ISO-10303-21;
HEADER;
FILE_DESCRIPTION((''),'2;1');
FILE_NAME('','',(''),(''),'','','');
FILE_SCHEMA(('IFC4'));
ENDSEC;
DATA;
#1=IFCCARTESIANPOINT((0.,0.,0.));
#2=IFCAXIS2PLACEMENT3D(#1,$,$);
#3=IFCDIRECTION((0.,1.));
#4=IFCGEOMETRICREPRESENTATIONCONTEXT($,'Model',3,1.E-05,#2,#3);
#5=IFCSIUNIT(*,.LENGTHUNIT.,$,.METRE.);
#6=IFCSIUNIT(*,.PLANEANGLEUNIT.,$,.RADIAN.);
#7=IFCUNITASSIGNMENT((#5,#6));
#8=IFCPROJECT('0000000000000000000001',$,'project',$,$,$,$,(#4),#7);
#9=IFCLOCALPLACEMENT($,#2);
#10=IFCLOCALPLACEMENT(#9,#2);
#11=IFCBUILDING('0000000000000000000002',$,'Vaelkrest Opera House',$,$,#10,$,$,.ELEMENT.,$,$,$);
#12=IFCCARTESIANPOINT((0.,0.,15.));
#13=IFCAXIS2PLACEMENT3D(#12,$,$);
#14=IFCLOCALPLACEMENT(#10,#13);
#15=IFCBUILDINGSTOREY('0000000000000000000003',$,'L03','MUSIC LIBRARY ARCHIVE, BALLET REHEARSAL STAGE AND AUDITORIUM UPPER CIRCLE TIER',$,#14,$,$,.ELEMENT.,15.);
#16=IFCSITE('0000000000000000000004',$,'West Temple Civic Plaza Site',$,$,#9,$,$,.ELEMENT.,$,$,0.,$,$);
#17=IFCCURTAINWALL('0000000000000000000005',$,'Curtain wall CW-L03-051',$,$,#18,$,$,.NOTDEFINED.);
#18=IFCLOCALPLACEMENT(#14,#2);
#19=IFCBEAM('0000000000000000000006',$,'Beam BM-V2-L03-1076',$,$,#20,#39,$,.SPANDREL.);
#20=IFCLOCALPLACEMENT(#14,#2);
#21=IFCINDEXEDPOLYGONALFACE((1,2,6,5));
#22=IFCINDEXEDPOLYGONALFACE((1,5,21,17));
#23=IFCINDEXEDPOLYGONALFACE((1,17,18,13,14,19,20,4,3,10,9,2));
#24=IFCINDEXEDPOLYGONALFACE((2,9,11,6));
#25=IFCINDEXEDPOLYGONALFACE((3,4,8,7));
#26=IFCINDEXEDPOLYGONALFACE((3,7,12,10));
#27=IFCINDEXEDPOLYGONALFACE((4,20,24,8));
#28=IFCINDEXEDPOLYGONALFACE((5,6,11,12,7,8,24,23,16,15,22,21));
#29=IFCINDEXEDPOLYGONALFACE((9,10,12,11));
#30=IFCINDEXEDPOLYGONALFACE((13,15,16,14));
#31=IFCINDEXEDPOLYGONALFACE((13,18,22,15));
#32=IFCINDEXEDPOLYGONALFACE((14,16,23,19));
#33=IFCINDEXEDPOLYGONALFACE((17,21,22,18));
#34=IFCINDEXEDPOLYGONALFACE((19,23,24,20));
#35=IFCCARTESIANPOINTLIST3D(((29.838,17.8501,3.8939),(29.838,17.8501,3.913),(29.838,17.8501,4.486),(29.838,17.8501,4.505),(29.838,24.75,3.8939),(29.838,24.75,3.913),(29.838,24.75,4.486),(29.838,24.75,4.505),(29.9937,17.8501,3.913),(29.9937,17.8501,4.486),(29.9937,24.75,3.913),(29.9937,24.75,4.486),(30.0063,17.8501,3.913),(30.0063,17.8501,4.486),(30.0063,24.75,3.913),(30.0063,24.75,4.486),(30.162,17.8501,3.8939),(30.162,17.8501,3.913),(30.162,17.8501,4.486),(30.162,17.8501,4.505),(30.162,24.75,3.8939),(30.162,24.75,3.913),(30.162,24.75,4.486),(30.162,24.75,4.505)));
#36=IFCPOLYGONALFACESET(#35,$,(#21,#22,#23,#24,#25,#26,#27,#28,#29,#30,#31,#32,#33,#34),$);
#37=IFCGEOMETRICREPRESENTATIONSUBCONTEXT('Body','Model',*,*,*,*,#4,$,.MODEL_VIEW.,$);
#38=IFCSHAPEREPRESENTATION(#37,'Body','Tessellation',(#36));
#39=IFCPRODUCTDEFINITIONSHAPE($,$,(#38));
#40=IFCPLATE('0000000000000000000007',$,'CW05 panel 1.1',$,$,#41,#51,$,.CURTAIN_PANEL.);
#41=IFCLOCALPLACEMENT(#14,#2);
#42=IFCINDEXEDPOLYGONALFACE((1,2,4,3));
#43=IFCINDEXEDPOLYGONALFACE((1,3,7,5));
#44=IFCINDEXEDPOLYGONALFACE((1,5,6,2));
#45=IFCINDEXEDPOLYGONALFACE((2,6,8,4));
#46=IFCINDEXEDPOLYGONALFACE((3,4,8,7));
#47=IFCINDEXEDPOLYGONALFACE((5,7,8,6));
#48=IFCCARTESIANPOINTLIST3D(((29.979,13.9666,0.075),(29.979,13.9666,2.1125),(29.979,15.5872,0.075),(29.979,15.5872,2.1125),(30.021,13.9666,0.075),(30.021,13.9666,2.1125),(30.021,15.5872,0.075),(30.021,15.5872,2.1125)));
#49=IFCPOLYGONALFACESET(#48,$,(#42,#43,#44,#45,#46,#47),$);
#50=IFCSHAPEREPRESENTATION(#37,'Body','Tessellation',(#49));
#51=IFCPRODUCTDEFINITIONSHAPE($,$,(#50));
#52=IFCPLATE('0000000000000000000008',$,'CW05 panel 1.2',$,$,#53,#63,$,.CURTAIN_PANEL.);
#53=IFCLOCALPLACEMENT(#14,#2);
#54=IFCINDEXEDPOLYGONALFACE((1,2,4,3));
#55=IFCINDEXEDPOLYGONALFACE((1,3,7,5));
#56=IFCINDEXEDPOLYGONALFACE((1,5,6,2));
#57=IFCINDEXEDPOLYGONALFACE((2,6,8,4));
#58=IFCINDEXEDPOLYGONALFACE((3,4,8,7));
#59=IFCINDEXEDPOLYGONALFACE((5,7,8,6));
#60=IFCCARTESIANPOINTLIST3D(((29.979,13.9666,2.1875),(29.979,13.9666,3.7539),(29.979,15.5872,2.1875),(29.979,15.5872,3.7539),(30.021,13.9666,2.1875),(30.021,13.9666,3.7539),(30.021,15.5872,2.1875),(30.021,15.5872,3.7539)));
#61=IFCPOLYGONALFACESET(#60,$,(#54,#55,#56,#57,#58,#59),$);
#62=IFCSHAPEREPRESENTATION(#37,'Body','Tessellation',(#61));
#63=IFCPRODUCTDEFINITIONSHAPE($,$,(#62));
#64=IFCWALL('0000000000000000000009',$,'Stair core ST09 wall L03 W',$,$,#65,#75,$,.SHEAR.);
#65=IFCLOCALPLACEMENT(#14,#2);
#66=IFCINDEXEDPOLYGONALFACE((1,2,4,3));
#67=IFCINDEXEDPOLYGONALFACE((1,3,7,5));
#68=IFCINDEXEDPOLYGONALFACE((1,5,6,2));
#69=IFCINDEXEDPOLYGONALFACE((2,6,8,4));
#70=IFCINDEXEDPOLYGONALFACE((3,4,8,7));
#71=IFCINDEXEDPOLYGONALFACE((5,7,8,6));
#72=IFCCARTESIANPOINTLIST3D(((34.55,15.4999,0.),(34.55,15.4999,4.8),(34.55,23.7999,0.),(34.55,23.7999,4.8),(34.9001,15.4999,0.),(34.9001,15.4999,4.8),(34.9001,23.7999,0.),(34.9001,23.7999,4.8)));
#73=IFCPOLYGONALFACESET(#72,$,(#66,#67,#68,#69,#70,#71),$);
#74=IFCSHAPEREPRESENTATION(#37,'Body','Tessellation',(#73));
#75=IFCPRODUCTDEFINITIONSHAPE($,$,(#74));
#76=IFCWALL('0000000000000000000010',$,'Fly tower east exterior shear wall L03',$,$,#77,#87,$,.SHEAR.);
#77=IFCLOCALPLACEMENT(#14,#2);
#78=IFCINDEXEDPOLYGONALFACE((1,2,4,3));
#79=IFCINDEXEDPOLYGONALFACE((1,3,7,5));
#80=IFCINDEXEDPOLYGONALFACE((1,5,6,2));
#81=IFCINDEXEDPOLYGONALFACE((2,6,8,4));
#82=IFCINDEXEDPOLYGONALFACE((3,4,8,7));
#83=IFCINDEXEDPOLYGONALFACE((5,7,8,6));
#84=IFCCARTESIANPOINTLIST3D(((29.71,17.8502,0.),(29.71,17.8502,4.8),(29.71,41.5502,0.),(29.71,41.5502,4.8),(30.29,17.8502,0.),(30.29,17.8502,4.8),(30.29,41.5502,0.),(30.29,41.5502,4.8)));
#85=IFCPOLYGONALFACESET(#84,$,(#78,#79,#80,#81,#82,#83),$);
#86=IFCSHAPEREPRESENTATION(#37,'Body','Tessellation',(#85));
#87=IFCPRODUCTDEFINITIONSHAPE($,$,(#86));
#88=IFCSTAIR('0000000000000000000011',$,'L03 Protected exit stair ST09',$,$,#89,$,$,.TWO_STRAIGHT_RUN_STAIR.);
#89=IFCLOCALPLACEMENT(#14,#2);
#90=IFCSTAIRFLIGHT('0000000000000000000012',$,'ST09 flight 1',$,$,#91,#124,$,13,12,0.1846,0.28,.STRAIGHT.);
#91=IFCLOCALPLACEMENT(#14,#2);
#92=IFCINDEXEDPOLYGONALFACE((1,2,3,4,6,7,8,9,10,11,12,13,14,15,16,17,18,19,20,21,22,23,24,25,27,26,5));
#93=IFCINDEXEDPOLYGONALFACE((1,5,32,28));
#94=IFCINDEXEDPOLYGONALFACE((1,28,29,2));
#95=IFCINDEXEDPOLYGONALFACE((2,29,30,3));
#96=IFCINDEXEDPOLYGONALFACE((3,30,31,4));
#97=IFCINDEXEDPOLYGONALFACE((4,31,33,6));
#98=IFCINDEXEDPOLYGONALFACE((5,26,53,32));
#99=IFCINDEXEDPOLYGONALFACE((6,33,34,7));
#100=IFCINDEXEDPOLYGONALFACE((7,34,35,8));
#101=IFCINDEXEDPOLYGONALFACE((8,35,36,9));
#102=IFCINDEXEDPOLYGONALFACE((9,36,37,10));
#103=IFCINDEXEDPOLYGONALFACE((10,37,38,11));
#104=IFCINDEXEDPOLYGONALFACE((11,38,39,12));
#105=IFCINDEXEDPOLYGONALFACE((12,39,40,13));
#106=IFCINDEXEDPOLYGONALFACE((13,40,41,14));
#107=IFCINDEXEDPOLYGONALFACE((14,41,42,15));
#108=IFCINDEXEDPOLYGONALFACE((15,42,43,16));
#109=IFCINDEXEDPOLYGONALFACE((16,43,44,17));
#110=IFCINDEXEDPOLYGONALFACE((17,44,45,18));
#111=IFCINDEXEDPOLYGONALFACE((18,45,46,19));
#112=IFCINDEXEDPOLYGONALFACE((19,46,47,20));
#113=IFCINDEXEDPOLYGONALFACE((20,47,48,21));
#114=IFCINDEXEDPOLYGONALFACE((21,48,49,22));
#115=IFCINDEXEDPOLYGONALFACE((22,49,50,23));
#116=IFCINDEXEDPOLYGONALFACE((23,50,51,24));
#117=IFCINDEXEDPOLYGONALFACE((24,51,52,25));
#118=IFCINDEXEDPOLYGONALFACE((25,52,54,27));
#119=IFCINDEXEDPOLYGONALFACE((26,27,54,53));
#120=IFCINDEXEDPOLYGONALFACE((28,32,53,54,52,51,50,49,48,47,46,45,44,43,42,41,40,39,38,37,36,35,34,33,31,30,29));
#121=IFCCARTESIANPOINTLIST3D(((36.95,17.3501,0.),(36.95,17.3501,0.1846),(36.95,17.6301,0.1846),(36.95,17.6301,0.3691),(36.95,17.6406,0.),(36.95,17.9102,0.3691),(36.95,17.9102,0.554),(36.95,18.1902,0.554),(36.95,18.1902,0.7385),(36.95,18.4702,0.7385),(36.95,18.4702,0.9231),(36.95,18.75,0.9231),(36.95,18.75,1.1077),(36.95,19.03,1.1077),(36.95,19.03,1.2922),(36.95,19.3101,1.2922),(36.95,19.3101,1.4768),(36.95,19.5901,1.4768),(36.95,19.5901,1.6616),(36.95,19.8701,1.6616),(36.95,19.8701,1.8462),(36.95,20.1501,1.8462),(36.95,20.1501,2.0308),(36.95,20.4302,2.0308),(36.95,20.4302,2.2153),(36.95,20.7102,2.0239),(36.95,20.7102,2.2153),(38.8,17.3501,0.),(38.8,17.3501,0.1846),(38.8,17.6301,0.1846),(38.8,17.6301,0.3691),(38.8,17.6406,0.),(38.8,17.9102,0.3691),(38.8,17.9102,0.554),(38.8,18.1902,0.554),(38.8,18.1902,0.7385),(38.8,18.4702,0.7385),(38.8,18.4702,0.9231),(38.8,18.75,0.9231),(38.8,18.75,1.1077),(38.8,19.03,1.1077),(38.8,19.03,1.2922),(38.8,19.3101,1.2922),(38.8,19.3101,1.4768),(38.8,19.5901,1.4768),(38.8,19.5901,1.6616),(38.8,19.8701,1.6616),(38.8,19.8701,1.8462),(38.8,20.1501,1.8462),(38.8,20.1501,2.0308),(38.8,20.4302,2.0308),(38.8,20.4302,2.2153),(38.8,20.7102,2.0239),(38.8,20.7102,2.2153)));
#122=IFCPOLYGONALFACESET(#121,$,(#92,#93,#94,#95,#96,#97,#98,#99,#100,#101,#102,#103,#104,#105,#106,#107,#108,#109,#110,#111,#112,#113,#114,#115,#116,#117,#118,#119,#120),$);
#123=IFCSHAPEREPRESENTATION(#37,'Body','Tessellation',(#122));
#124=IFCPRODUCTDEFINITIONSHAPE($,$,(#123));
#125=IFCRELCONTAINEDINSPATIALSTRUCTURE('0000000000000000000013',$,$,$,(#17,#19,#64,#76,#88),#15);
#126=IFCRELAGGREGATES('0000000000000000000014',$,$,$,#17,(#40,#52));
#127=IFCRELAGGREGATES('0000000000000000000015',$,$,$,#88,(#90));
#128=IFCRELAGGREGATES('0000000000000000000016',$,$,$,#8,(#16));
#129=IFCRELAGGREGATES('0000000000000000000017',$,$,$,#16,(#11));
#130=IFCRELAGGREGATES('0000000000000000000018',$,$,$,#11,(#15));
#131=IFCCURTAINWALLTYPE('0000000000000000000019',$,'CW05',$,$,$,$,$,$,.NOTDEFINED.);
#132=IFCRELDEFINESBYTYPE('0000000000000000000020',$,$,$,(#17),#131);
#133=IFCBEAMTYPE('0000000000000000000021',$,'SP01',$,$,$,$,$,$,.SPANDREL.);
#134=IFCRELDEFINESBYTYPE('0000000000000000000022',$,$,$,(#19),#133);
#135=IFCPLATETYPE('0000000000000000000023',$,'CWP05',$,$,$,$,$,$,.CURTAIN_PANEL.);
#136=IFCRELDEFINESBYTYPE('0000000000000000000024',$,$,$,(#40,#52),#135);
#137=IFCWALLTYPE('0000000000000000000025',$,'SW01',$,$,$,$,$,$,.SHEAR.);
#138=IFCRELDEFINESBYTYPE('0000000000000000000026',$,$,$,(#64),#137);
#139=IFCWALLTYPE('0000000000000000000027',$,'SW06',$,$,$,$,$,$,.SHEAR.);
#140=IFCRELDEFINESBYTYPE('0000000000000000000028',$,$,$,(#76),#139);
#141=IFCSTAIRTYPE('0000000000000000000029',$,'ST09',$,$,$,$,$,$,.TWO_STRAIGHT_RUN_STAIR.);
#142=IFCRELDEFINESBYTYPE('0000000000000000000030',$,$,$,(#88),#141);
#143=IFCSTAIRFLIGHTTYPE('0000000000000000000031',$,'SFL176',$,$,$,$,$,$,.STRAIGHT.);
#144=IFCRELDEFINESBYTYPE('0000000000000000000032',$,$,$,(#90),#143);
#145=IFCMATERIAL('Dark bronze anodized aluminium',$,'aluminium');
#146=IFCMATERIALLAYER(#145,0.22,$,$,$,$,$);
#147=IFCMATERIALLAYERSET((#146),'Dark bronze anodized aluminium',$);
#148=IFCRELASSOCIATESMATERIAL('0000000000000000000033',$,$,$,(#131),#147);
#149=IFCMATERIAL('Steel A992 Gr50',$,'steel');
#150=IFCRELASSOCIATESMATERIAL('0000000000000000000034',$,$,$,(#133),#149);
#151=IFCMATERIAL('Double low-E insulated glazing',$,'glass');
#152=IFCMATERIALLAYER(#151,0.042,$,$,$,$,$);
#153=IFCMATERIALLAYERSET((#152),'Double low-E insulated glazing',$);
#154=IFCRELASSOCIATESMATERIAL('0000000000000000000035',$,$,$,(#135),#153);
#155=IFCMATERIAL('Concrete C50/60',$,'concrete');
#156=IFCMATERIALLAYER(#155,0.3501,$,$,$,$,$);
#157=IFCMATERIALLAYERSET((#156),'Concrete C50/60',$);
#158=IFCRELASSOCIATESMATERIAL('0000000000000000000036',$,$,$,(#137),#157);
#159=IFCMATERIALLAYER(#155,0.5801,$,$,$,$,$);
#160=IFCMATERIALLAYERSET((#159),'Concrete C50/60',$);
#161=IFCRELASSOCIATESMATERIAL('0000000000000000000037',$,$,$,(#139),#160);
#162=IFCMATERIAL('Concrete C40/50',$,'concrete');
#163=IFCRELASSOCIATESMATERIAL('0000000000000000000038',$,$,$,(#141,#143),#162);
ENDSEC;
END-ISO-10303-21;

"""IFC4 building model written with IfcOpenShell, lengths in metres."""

from ifc_helpers import new_model, si_unit, direction, frame, frame_2d, origin, origin_2d, place, context, subcontext, project, spatial, polyline, rectangle, i_section, outline, extrude, material, layer, layer_set, material_profile, profile_set, type_object, element, aggregate, save


model = new_model("IFC4")

# Units and contexts
model_context = context("Model", 3, precision=1e-05, world=origin(), true_north=direction((0.0, 1.0)))
body_context = subcontext(model_context, "Body", "Model", "MODEL_VIEW")
ifc_project = project(units=[si_unit("LENGTHUNIT", "METRE"), si_unit("PLANEANGLEUNIT", "RADIAN")], contexts=[model_context])

# Site, building, storey
site_placement = place(None, origin())
site = spatial("IfcSite", under=ifc_project, at=site_placement, Name="West Temple Civic Plaza Site", CompositionType="ELEMENT", RefElevation=0.0)
building_placement = place(site_placement, origin())
building = spatial("IfcBuilding", under=site, at=building_placement, Name="Vaelkrest Opera House", CompositionType="ELEMENT")
storey_placement = place(building_placement, frame((0.0, 0.0, 15.0)))
storey = spatial("IfcBuildingStorey", under=building, at=storey_placement, Name="L03", Description="MUSIC LIBRARY ARCHIVE, BALLET REHEARSAL STAGE AND AUDITORIUM UPPER CIRCLE TIER", CompositionType="ELEMENT", Elevation=15.0)

# Shared definitions
ifc_material_1 = material(Name="Concrete C50/60", Category="concrete")

# Curtain wall
ifc_material_2 = material(Name="Dark bronze anodized aluminium", Category="aluminium")
ifc_layer_1 = layer(ifc_material_2, 0.22)
ifc_layer_set_1 = layer_set([ifc_layer_1], Name="Dark bronze anodized aluminium")
curtain_wall_type = type_object("IfcCurtainWallType", Name="CW05", PredefinedType="NOTDEFINED", material=ifc_layer_set_1)
curtain_wall_placement = place(storey_placement, origin())
curtain_wall = element("IfcCurtainWall", 1, at=curtain_wall_placement, inside=storey, type_object=curtain_wall_type, Name="Curtain wall CW-L03-051", PredefinedType="NOTDEFINED")

# Beam
ifc_material_3 = material(Name="Steel A992 Gr50", Category="steel")
ifc_material_profile_1 = material_profile(ifc_material_3, i_section(OverallWidth=0.324, OverallDepth=0.6111, WebThickness=0.0127, FlangeThickness=0.019, at=origin_2d()), Name="W24X104")
ifc_profile_set_1 = profile_set([ifc_material_profile_1], Name="Steel A992 Gr50")
beam_type_1 = type_object("IfcBeamType", Name="SP01", PredefinedType="SPANDREL", material=ifc_profile_set_1)
beam_1_placement = place(storey_placement, frame((30.0, 17.8501, 4.1995), z_axis=(0.0, 1.0, 0.0), x_axis=(-1.0, 0.0, 0.0)))
element("IfcBeam", 2, at=beam_1_placement, inside=storey, type_object=beam_type_1, Name="Beam BM-V2-L03-1076", PredefinedType="SPANDREL", context=body_context, shape_type="SweptSolid", body=[
    extrude(i_section(OverallWidth=0.324, OverallDepth=0.6111, WebThickness=0.0127, FlangeThickness=0.019, at=origin_2d()), origin(), (0.0, 0.0, 1.0), 6.8999),
])

# Plates
ifc_material_4 = material(Name="Double low-E insulated glazing", Category="glass")
ifc_layer_2 = layer(ifc_material_4, 0.042)
ifc_layer_set_2 = layer_set([ifc_layer_2], Name="Double low-E insulated glazing")
plate_type = type_object("IfcPlateType", Name="CWP05", PredefinedType="CURTAIN_PANEL", material=ifc_layer_set_2)
plate_1_placement = place(storey_placement, frame((30.0, 14.7769, 0.075), z_axis=(0.0, 0.0, 1.0), x_axis=(0.0, -1.0, 0.0)))
plate_1 = element("IfcPlate", 3, at=plate_1_placement, type_object=plate_type, Name="CW05 panel 1.1", PredefinedType="CURTAIN_PANEL", context=body_context, shape_type="SweptSolid", body=[
    extrude(rectangle(XDim=1.6206, YDim=0.042, at=origin_2d()), origin(), (0.0, 0.0, 1.0), 2.0376),
])
plate_2_placement = place(storey_placement, frame((30.0, 14.7769, 2.1875), z_axis=(0.0, 0.0, 1.0), x_axis=(0.0, -1.0, 0.0)))
plate_2 = element("IfcPlate", 4, at=plate_2_placement, type_object=plate_type, Name="CW05 panel 1.2", PredefinedType="CURTAIN_PANEL", context=body_context, shape_type="SweptSolid", body=[
    extrude(rectangle(XDim=1.6206, YDim=0.042, at=origin_2d()), origin(), (0.0, 0.0, 1.0), 1.5664),
])
aggregate(curtain_wall, [plate_1, plate_2])

# Shared definitions
ifc_layer_3 = layer(ifc_material_1, 0.3501)
ifc_layer_set_3 = layer_set([ifc_layer_3], Name="Concrete C50/60")
wall_type_1 = type_object("IfcWallType", Name="SW01", PredefinedType="SHEAR", material=ifc_layer_set_3)

# Walls
wall_1_placement = place(storey_placement, frame((34.7251, 15.5, 0.0), z_axis=(0.0, 0.0, 1.0), x_axis=(0.0, 1.0, 0.0)))
element("IfcWall", 5, at=wall_1_placement, inside=storey, type_object=wall_type_1, Name="Stair core ST09 wall L03 W", PredefinedType="SHEAR", context=body_context, shape_type="SweptSolid", body=[
    extrude(rectangle(XDim=8.3, YDim=0.3501, at=frame_2d((4.1499, 0.0))), origin(), (0.0, 0.0, 1.0), 4.8),
])
ifc_layer_4 = layer(ifc_material_1, 0.5801)
ifc_layer_set_4 = layer_set([ifc_layer_4], Name="Concrete C50/60")
wall_type_2 = type_object("IfcWallType", Name="SW06", PredefinedType="SHEAR", material=ifc_layer_set_4)
wall_2_placement = place(storey_placement, frame((30.0, 17.8501, 0.0), z_axis=(0.0, 0.0, 1.0), x_axis=(0.0, 1.0, 0.0)))
element("IfcWall", 6, at=wall_2_placement, inside=storey, type_object=wall_type_2, Name="Fly tower east exterior shear wall L03", PredefinedType="SHEAR", context=body_context, shape_type="SweptSolid", body=[
    extrude(rectangle(XDim=23.7, YDim=0.5801, at=frame_2d((11.8501, 0.0))), origin(), (0.0, 0.0, 1.0), 4.8),
])

# Stair, stair flight
ifc_material_5 = material(Name="Concrete C40/50", Category="concrete")
stair_type = type_object("IfcStairType", Name="ST09", PredefinedType="TWO_STRAIGHT_RUN_STAIR", material=ifc_material_5)
stair_placement = place(storey_placement, origin())
stair = element("IfcStair", 7, at=stair_placement, inside=storey, type_object=stair_type, Name="L03 Protected exit stair ST09", PredefinedType="TWO_STRAIGHT_RUN_STAIR")
stair_flight_type = type_object("IfcStairFlightType", Name="SFL176", PredefinedType="STRAIGHT", material=ifc_material_5)
stair_flight_placement = place(storey_placement, frame((37.875, 17.3501, 0.0), z_axis=(0.0, 0.0, 1.0), x_axis=(0.0, 1.0, 0.0)))
stair_flight = element("IfcStairFlight", 8, at=stair_flight_placement, type_object=stair_flight_type, Name="ST09 flight 1", NumberOfRisers=13, NumberOfTreads=12, PredefinedType="STRAIGHT", RiserHeight=0.1846, TreadLength=0.28, context=body_context, shape_type="SweptSolid", body=[
    extrude(outline(polyline([(0.0, 0.0), (0.0, 0.1846), (0.28, 0.1846), (0.28, 0.3691), (0.5601, 0.3691), (0.5601, 0.554), (0.8401, 0.554), (0.8401, 0.7385), (1.1201, 0.7385), (1.1201, 0.9231), (1.3999, 0.9231), (1.3999, 1.1077), (1.6799, 1.1077), (1.6799, 1.2922), (1.96, 1.2922), (1.96, 1.4768), (2.24, 1.4768), (2.24, 1.6616), (2.52, 1.6616), (2.52, 1.8462), (2.8, 1.8462), (2.8, 2.0308), (3.0801, 2.0308), (3.0801, 2.2153), (3.3601, 2.2153), (3.3601, 2.3999), (3.3601, 2.0239), (0.2905, 0.0), (0.0, 0.0)])), frame((0.0, 0.925, 0.0), z_axis=(0.0, -1.0, 0.0), x_axis=(1.0, 0.0, 0.0)), (0.0, 0.0, 1.0), 1.8501),
])
aggregate(stair, [stair_flight])

save(model, "model.ifc")
